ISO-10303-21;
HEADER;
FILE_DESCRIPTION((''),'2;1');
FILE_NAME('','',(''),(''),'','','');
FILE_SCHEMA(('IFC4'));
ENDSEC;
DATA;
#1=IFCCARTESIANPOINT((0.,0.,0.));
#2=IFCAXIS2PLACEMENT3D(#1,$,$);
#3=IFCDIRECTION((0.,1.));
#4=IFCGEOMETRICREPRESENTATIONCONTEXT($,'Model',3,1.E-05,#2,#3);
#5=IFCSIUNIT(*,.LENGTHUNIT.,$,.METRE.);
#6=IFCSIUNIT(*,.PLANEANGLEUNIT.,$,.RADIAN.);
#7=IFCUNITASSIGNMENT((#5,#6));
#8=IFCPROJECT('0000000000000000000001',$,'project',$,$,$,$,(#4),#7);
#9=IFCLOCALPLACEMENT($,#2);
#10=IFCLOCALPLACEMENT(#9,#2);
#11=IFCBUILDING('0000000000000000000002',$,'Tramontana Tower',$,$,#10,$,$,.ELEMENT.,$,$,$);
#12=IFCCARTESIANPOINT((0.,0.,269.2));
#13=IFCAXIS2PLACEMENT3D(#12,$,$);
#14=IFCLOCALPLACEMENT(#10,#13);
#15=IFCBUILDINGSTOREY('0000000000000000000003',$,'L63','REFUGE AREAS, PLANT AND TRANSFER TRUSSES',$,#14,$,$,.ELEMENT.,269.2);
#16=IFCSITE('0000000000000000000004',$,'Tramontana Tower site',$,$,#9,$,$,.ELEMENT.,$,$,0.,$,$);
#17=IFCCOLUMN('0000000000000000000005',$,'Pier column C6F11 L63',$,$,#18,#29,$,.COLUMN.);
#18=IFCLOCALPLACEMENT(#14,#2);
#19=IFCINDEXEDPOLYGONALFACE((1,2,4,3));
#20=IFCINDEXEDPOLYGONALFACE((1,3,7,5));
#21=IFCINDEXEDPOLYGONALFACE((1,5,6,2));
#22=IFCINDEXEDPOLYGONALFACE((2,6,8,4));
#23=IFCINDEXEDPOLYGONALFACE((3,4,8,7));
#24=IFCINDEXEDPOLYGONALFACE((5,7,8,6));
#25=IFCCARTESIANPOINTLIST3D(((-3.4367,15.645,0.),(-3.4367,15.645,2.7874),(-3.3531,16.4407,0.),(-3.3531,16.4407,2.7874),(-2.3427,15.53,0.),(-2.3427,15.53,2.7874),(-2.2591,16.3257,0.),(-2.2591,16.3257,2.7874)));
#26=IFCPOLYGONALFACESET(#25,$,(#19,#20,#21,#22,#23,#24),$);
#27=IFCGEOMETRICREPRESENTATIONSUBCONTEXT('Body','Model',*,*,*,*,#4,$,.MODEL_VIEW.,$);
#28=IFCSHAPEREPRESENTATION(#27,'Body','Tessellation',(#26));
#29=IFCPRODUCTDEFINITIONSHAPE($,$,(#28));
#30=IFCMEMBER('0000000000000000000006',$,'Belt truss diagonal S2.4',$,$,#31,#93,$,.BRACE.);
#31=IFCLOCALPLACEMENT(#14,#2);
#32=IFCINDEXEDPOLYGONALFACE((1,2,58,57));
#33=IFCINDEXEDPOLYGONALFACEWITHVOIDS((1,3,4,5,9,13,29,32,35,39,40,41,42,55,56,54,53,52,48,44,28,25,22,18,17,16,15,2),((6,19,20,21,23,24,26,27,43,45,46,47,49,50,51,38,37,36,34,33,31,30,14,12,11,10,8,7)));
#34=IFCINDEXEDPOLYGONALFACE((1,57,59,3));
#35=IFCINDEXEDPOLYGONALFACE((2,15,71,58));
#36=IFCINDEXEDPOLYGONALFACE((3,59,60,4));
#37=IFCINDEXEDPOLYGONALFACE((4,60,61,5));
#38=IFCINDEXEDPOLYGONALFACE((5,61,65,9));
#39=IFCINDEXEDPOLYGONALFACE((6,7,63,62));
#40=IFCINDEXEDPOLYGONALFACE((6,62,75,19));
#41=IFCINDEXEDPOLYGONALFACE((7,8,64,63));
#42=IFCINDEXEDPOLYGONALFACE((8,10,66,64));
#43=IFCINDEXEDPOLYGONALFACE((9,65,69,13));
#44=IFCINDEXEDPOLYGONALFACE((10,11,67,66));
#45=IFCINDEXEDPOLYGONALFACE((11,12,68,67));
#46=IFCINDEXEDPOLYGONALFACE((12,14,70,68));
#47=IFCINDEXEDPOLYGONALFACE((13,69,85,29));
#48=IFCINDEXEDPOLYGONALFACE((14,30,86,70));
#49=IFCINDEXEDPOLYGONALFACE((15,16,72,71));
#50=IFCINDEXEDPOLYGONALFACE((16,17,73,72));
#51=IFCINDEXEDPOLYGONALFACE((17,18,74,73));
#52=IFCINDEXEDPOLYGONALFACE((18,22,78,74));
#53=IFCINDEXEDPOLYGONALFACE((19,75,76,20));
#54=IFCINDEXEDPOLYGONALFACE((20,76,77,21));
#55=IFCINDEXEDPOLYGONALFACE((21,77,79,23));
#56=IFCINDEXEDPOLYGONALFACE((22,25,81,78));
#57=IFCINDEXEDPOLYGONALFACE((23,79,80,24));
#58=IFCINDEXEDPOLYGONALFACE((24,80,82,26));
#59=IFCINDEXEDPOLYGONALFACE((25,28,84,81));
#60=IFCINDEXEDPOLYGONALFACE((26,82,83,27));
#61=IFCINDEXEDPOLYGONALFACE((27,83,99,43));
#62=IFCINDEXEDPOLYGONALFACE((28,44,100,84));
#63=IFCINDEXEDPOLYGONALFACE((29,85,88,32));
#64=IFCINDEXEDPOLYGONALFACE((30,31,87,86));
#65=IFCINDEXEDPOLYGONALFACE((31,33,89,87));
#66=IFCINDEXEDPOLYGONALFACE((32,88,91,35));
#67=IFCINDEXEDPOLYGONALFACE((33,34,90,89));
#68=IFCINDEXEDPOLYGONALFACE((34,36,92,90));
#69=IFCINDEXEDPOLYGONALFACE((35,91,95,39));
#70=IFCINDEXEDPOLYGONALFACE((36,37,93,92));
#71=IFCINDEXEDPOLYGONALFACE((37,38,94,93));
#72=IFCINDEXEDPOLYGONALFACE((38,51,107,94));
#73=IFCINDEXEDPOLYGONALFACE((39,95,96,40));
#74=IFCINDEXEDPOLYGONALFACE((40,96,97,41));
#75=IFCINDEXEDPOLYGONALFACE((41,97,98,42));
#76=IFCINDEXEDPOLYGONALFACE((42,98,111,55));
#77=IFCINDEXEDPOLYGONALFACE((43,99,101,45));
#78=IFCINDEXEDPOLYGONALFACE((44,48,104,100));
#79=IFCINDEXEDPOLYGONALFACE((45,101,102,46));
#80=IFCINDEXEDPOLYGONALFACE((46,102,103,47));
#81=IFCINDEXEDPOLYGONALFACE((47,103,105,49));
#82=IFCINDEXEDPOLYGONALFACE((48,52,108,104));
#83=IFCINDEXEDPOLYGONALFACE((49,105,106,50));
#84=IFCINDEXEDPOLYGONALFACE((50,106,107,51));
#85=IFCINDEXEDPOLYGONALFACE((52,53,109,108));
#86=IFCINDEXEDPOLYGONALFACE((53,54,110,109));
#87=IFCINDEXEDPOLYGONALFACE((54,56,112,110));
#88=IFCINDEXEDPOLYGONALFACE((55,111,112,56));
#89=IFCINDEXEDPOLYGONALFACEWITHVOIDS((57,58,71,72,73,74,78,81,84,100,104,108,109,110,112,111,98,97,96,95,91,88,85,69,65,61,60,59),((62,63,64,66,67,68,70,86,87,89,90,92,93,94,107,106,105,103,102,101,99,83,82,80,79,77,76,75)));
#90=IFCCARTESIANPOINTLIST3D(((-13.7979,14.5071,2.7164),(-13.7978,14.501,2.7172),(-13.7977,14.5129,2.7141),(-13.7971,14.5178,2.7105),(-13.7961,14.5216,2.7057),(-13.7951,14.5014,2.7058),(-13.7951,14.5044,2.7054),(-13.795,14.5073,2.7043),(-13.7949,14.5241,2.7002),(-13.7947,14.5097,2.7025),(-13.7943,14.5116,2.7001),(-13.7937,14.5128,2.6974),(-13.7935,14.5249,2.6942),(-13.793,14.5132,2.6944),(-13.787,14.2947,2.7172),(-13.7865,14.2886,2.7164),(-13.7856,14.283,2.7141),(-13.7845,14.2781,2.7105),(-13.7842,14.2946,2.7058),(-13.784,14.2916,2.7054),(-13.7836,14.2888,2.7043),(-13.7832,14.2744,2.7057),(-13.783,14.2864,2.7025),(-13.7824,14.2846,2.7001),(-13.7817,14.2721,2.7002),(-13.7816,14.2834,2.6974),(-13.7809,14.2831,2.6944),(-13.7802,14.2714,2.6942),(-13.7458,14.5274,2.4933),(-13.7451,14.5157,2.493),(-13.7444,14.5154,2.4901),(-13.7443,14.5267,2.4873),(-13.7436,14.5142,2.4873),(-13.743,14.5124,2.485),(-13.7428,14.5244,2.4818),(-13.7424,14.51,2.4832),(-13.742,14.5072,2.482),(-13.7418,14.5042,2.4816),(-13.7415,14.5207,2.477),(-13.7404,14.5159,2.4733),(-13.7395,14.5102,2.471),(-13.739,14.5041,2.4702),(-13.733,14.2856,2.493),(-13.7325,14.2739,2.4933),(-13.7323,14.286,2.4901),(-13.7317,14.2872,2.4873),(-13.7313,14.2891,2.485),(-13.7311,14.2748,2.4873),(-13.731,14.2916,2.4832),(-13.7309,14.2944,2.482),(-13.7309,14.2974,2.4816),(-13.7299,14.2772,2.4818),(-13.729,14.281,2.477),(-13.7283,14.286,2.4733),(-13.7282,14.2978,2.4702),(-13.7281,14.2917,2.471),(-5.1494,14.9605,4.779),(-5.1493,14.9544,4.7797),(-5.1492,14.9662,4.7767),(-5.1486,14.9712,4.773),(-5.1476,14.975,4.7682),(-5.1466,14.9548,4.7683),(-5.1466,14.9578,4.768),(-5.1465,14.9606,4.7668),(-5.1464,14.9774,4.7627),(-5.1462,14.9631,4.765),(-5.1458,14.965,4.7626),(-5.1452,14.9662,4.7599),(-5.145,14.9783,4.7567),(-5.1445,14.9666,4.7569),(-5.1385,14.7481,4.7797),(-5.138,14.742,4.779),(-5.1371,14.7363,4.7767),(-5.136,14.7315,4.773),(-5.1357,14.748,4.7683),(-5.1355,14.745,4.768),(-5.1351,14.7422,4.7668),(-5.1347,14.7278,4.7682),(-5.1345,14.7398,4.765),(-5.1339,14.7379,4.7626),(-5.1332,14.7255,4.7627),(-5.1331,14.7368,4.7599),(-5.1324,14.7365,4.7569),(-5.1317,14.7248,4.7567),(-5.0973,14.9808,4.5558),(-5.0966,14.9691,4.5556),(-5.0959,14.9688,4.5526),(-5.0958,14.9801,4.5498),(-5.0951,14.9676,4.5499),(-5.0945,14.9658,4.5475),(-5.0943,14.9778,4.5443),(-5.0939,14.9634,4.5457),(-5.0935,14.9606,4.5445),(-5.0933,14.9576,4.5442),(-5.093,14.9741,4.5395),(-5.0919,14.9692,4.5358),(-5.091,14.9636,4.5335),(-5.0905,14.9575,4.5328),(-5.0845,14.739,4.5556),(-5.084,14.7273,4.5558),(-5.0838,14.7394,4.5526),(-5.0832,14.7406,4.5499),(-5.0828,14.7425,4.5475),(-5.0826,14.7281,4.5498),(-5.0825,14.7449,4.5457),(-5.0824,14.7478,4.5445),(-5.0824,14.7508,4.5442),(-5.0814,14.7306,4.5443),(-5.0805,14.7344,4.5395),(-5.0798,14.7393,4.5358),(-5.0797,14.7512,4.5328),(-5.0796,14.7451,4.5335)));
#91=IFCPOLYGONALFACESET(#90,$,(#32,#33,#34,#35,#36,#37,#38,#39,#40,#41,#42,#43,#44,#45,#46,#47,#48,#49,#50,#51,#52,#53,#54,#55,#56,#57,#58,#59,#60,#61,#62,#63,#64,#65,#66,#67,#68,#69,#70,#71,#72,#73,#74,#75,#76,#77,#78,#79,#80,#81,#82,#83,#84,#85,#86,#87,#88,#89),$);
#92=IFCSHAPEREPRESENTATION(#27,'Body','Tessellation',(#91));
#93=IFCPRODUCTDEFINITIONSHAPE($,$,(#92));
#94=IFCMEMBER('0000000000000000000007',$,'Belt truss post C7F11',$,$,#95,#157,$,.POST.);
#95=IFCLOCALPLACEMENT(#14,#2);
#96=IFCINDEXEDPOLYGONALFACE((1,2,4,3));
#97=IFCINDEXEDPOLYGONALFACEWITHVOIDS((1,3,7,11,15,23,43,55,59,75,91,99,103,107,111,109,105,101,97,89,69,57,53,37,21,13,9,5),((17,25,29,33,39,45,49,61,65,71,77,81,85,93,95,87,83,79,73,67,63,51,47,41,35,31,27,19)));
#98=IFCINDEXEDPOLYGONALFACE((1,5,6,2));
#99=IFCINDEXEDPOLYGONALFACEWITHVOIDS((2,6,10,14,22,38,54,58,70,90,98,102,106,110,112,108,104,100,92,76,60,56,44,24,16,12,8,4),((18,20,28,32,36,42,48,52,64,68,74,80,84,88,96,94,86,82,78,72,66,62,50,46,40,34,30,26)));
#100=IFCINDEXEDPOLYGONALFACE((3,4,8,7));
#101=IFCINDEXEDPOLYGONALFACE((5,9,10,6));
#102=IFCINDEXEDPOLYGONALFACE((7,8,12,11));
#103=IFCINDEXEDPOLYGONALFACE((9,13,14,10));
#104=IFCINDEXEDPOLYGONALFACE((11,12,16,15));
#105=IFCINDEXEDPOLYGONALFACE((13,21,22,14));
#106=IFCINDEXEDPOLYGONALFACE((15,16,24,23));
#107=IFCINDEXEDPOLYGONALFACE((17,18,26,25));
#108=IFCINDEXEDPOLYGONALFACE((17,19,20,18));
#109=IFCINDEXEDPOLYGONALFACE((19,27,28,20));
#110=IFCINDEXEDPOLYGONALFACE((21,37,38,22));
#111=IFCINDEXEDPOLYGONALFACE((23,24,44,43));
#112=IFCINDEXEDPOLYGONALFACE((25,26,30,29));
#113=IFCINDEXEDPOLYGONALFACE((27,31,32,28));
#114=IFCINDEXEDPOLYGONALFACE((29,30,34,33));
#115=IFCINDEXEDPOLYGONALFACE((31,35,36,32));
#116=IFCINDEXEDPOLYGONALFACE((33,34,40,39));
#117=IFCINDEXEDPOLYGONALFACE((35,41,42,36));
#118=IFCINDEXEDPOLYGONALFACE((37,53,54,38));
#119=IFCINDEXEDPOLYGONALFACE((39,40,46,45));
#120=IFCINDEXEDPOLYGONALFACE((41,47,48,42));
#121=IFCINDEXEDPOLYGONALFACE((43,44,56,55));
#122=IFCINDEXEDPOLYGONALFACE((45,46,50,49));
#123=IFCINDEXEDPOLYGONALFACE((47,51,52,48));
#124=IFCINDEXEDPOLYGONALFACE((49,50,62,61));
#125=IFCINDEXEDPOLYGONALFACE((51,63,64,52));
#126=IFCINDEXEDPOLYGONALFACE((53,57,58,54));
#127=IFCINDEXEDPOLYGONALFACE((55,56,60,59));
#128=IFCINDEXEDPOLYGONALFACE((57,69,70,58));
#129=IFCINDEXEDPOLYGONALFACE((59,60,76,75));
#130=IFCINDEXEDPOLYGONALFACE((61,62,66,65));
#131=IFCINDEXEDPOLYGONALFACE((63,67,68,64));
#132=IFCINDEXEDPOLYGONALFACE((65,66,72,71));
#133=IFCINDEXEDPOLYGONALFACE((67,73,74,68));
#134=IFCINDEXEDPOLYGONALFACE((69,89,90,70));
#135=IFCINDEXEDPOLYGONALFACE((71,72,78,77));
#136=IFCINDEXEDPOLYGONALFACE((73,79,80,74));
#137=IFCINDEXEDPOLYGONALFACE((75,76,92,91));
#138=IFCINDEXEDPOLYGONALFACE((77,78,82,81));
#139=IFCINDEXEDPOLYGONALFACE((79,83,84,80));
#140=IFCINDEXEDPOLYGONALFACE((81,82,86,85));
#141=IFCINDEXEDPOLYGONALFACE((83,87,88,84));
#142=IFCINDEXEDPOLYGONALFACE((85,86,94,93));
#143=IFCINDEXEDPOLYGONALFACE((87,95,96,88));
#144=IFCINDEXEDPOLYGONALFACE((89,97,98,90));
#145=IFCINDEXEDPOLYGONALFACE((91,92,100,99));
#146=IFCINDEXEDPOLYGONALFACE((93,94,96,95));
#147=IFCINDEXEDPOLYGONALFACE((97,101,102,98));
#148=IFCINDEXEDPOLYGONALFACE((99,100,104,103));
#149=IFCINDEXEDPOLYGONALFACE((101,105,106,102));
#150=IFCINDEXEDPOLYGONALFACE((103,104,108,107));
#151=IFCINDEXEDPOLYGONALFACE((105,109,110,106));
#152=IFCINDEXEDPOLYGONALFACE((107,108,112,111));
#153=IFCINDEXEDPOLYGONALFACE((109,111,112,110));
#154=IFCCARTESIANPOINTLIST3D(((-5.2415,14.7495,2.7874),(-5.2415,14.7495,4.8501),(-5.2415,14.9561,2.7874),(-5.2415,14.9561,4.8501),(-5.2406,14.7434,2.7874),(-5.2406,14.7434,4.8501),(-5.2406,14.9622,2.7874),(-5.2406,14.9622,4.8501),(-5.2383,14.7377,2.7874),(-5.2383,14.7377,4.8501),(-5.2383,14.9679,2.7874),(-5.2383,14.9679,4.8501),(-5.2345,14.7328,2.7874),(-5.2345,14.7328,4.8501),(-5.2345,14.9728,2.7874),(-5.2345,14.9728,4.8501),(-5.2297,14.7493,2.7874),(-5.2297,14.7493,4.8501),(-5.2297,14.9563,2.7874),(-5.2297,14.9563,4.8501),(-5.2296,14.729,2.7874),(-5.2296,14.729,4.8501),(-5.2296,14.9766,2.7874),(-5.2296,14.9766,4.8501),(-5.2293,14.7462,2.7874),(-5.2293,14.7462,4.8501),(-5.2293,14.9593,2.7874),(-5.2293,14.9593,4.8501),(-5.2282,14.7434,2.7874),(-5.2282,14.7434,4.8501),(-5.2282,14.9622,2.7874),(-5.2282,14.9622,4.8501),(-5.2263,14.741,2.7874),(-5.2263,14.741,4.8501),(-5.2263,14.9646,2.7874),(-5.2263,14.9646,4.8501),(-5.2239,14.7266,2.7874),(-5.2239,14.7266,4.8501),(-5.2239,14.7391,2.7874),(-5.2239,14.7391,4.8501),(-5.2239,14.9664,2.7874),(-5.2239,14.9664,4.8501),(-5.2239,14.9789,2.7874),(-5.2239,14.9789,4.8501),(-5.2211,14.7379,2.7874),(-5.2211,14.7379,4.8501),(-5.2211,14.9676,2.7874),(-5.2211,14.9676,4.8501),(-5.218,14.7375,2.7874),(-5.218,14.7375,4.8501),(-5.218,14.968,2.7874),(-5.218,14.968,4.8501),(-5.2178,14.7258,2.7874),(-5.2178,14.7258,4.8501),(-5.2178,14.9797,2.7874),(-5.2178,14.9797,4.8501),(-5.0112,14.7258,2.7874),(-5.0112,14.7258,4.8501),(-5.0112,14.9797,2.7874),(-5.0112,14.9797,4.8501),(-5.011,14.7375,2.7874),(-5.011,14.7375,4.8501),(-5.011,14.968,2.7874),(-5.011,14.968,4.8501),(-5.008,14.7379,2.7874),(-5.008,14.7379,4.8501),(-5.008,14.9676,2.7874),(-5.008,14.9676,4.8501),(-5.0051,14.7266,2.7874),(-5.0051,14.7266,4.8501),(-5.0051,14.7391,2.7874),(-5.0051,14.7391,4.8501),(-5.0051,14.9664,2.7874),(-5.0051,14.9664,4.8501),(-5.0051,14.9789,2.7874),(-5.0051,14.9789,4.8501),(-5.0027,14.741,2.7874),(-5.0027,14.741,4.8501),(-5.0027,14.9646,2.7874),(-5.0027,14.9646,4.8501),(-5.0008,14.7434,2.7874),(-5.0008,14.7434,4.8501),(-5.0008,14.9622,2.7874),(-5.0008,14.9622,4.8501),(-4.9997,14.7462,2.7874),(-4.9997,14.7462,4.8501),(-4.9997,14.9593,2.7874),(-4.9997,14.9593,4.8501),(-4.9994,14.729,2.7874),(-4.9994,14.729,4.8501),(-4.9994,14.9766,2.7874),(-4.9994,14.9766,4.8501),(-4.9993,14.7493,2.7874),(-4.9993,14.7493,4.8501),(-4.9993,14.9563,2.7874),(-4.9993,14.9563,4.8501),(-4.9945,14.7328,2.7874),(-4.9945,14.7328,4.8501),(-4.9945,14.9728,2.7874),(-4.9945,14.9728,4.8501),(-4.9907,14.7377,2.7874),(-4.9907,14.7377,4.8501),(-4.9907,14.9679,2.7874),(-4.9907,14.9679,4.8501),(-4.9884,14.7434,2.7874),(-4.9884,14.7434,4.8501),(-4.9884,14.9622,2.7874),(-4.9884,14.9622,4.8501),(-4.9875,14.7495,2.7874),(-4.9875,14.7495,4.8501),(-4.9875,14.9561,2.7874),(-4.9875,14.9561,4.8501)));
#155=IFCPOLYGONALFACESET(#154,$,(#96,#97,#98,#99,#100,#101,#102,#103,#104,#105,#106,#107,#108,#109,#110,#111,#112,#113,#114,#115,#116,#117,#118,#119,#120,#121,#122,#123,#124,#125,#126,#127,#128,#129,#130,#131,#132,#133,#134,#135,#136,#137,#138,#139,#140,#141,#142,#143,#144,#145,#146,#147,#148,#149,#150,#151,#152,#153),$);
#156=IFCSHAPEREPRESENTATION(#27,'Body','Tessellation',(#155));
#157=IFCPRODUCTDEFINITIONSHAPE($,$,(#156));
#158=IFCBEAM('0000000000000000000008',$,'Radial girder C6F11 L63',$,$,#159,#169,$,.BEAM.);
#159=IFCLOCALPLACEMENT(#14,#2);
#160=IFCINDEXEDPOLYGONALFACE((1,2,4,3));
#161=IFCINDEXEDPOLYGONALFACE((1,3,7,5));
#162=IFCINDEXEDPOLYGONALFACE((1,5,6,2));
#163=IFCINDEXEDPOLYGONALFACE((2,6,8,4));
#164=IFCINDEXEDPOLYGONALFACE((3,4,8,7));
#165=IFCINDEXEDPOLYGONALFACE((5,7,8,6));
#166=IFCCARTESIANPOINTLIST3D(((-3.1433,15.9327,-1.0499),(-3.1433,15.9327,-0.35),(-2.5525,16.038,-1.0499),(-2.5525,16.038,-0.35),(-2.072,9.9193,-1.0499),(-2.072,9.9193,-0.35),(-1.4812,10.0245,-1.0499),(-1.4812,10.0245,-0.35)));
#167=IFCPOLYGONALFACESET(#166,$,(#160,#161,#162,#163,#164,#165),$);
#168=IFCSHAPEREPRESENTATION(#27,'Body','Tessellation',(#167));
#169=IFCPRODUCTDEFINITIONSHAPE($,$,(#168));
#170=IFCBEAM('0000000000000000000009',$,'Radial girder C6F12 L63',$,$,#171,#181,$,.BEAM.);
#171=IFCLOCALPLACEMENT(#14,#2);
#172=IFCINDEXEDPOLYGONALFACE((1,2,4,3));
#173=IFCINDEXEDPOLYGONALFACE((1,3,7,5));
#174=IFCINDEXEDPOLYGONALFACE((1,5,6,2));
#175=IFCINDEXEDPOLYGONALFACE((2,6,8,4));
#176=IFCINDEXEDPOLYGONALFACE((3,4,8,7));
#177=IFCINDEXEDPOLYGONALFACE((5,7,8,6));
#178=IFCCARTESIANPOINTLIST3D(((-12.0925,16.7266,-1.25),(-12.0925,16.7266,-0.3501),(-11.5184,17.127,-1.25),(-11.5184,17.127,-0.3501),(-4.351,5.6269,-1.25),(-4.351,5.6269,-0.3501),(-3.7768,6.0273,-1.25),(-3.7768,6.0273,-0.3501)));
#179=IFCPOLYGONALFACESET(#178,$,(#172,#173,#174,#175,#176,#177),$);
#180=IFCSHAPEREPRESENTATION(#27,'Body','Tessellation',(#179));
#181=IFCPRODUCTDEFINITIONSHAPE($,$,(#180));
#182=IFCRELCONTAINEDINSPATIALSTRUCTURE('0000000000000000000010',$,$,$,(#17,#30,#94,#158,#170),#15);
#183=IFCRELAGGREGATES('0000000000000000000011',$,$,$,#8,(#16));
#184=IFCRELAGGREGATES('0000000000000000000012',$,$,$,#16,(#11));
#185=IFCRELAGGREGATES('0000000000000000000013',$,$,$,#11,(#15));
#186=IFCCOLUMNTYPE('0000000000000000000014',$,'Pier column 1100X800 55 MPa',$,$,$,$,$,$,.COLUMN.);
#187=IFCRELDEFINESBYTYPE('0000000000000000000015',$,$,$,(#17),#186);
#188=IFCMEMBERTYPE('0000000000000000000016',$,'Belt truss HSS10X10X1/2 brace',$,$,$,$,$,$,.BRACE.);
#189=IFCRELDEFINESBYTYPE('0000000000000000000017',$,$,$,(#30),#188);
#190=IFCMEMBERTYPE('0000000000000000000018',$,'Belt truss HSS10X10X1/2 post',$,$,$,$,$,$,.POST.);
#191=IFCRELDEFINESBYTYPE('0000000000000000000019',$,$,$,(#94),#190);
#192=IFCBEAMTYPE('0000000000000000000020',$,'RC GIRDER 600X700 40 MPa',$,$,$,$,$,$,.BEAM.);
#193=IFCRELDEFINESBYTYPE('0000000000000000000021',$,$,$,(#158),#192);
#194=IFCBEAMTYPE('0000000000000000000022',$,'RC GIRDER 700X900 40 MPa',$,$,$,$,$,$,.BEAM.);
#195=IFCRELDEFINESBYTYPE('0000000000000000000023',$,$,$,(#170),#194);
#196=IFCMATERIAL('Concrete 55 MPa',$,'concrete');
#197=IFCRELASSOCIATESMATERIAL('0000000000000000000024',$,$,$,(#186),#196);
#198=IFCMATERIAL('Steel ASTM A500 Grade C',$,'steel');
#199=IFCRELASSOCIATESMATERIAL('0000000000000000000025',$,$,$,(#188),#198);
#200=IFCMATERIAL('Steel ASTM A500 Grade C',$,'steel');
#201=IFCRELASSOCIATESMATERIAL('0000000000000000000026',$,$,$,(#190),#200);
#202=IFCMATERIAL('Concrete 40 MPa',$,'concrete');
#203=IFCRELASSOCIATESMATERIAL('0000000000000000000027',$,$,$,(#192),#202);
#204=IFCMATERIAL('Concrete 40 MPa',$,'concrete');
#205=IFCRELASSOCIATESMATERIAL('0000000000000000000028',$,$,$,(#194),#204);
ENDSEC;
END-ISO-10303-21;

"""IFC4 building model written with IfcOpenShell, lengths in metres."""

from ifc_helpers import new_model, si_unit, direction, frame, origin, origin_2d, place, context, subcontext, project, spatial, rectangle, hollow_rectangle, extrude, material, material_profile, profile_set, type_object, element, save


model = new_model("IFC4")

# Units and contexts
model_context = context("Model", 3, precision=1e-05, world=origin(), true_north=direction((0.0, 1.0)))
body_context = subcontext(model_context, "Body", "Model", "MODEL_VIEW")
ifc_project = project(units=[si_unit("LENGTHUNIT", "METRE"), si_unit("PLANEANGLEUNIT", "RADIAN")], contexts=[model_context])

# Site, building, storey
site_placement = place(None, origin())
site = spatial("IfcSite", under=ifc_project, at=site_placement, Name="Tramontana Tower site", CompositionType="ELEMENT", RefElevation=0.0)
building_placement = place(site_placement, origin())
building = spatial("IfcBuilding", under=site, at=building_placement, Name="Tramontana Tower", CompositionType="ELEMENT")
storey_placement = place(building_placement, frame((0.0, 0.0, 269.2)))
storey = spatial("IfcBuildingStorey", under=building, at=storey_placement, Name="L63", Description="REFUGE AREAS, PLANT AND TRANSFER TRUSSES", CompositionType="ELEMENT", Elevation=269.2)

# Column
ifc_material_1 = material(Name="Concrete 55 MPa", Category="concrete")
ifc_material_profile_1 = material_profile(ifc_material_1, rectangle(XDim=1.1001, YDim=0.8, at=origin_2d()), Name="Pier column 1100X800 55 MPa")
ifc_profile_set_1 = profile_set([ifc_material_profile_1], Name="Concrete 55 MPa")
column_type = type_object("IfcColumnType", Name="Pier column 1100X800 55 MPa", PredefinedType="COLUMN", material=ifc_profile_set_1)
column_placement = place(storey_placement, frame((-2.8479, 15.9854, 0.0), z_axis=(0.0, 0.0, 1.0), x_axis=(-0.994522, 0.104528, 0.0)))
element("IfcColumn", 1, at=column_placement, inside=storey, type_object=column_type, Name="Pier column C6F11 L63", PredefinedType="COLUMN", context=body_context, shape_type="SweptSolid", body=[
    extrude(rectangle(XDim=1.1001, YDim=0.8, at=origin_2d()), origin(), (0.0, 0.0, 1.0), 2.7874),
])

# Members
ifc_material_2 = material(Name="Steel ASTM A500 Grade C", Category="steel")
ifc_material_profile_2 = material_profile(ifc_material_2, hollow_rectangle(XDim=0.2539, YDim=0.2539, WallThickness=0.0117, InnerFilletRadius=0.0117, OuterFilletRadius=0.0237, at=origin_2d()), Name="HSS10X10X1/2")
ifc_profile_set_2 = profile_set([ifc_material_profile_2], Name="Steel ASTM A500 Grade C")
member_type_1 = type_object("IfcMemberType", Name="Belt truss HSS10X10X1/2 brace", PredefinedType="BRACE", material=ifc_profile_set_2)
member_1_placement = place(storey_placement, frame((-5.1145, 14.8528, 4.6562), z_axis=(-0.971459, -0.050926, -0.231676), x_axis=(0.05235, -0.998629, 0.0)))
element("IfcMember", 2, at=member_1_placement, inside=storey, type_object=member_type_1, Name="Belt truss diagonal S2.4", PredefinedType="BRACE", context=body_context, shape_type="SweptSolid", body=[
    extrude(hollow_rectangle(XDim=0.2539, YDim=0.2539, WallThickness=0.0117, InnerFilletRadius=0.0117, OuterFilletRadius=0.0237, at=origin_2d()), origin(), (0.0, 0.0, 1.0), 8.9026),
])
ifc_material_3 = material(Name="Steel ASTM A500 Grade C", Category="steel")
ifc_material_profile_3 = material_profile(ifc_material_3, hollow_rectangle(XDim=0.2539, YDim=0.2539, WallThickness=0.0117, InnerFilletRadius=0.0117, OuterFilletRadius=0.0237, at=origin_2d()), Name="HSS10X10X1/2")
ifc_profile_set_3 = profile_set([ifc_material_profile_3], Name="Steel ASTM A500 Grade C")
member_type_2 = type_object("IfcMemberType", Name="Belt truss HSS10X10X1/2 post", PredefinedType="POST", material=ifc_profile_set_3)
member_2_placement = place(storey_placement, frame((-5.1145, 14.8528, 2.7874), z_axis=(0.0, 0.0, 1.0), x_axis=(1.0, 0.0, 0.0)))
element("IfcMember", 3, at=member_2_placement, inside=storey, type_object=member_type_2, Name="Belt truss post C7F11", PredefinedType="POST", context=body_context, shape_type="SweptSolid", body=[
    extrude(hollow_rectangle(XDim=0.2539, YDim=0.2539, WallThickness=0.0117, InnerFilletRadius=0.0117, OuterFilletRadius=0.0237, at=origin_2d()), origin(), (0.0, 0.0, 1.0), 2.0627),
])

# Beams
ifc_material_4 = material(Name="Concrete 40 MPa", Category="concrete")
ifc_material_profile_4 = material_profile(ifc_material_4, rectangle(XDim=0.6001, YDim=0.7, at=origin_2d()), Name="RC GIRDER 600X700 40 MPa")
ifc_profile_set_4 = profile_set([ifc_material_profile_4], Name="Concrete 40 MPa")
beam_type_1 = type_object("IfcBeamType", Name="RC GIRDER 600X700 40 MPa", PredefinedType="BEAM", material=ifc_profile_set_4)
beam_1_placement = place(storey_placement, frame((-2.8479, 15.9854, -0.7), z_axis=(0.175388, -0.984499, 0.0), x_axis=(0.984499, 0.175388, 0.0)))
element("IfcBeam", 4, at=beam_1_placement, inside=storey, type_object=beam_type_1, Name="Radial girder C6F11 L63", PredefinedType="BEAM", context=body_context, shape_type="SweptSolid", body=[
    extrude(rectangle(XDim=0.6001, YDim=0.7, at=origin_2d()), origin(), (0.0, 0.0, 1.0), 6.1082),
])
ifc_material_5 = material(Name="Concrete 40 MPa", Category="concrete")
ifc_material_profile_5 = material_profile(ifc_material_5, rectangle(XDim=0.7, YDim=0.8999, at=origin_2d()), Name="RC GIRDER 700X900 40 MPa")
ifc_profile_set_5 = profile_set([ifc_material_profile_5], Name="Concrete 40 MPa")
beam_type_2 = type_object("IfcBeamType", Name="RC GIRDER 700X900 40 MPa", PredefinedType="BEAM", material=ifc_profile_set_5)
beam_2_placement = place(storey_placement, frame((-11.8054, 16.9268, -0.8), z_axis=(0.572059, -0.820212, 0.0), x_axis=(0.820212, 0.572059, 0.0)))
element("IfcBeam", 5, at=beam_2_placement, inside=storey, type_object=beam_type_2, Name="Radial girder C6F12 L63", PredefinedType="BEAM", context=body_context, shape_type="SweptSolid", body=[
    extrude(rectangle(XDim=0.7, YDim=0.8999, at=origin_2d()), origin(), (0.0, 0.0, 1.0), 13.5327),
])

save(model, "model.ifc")
